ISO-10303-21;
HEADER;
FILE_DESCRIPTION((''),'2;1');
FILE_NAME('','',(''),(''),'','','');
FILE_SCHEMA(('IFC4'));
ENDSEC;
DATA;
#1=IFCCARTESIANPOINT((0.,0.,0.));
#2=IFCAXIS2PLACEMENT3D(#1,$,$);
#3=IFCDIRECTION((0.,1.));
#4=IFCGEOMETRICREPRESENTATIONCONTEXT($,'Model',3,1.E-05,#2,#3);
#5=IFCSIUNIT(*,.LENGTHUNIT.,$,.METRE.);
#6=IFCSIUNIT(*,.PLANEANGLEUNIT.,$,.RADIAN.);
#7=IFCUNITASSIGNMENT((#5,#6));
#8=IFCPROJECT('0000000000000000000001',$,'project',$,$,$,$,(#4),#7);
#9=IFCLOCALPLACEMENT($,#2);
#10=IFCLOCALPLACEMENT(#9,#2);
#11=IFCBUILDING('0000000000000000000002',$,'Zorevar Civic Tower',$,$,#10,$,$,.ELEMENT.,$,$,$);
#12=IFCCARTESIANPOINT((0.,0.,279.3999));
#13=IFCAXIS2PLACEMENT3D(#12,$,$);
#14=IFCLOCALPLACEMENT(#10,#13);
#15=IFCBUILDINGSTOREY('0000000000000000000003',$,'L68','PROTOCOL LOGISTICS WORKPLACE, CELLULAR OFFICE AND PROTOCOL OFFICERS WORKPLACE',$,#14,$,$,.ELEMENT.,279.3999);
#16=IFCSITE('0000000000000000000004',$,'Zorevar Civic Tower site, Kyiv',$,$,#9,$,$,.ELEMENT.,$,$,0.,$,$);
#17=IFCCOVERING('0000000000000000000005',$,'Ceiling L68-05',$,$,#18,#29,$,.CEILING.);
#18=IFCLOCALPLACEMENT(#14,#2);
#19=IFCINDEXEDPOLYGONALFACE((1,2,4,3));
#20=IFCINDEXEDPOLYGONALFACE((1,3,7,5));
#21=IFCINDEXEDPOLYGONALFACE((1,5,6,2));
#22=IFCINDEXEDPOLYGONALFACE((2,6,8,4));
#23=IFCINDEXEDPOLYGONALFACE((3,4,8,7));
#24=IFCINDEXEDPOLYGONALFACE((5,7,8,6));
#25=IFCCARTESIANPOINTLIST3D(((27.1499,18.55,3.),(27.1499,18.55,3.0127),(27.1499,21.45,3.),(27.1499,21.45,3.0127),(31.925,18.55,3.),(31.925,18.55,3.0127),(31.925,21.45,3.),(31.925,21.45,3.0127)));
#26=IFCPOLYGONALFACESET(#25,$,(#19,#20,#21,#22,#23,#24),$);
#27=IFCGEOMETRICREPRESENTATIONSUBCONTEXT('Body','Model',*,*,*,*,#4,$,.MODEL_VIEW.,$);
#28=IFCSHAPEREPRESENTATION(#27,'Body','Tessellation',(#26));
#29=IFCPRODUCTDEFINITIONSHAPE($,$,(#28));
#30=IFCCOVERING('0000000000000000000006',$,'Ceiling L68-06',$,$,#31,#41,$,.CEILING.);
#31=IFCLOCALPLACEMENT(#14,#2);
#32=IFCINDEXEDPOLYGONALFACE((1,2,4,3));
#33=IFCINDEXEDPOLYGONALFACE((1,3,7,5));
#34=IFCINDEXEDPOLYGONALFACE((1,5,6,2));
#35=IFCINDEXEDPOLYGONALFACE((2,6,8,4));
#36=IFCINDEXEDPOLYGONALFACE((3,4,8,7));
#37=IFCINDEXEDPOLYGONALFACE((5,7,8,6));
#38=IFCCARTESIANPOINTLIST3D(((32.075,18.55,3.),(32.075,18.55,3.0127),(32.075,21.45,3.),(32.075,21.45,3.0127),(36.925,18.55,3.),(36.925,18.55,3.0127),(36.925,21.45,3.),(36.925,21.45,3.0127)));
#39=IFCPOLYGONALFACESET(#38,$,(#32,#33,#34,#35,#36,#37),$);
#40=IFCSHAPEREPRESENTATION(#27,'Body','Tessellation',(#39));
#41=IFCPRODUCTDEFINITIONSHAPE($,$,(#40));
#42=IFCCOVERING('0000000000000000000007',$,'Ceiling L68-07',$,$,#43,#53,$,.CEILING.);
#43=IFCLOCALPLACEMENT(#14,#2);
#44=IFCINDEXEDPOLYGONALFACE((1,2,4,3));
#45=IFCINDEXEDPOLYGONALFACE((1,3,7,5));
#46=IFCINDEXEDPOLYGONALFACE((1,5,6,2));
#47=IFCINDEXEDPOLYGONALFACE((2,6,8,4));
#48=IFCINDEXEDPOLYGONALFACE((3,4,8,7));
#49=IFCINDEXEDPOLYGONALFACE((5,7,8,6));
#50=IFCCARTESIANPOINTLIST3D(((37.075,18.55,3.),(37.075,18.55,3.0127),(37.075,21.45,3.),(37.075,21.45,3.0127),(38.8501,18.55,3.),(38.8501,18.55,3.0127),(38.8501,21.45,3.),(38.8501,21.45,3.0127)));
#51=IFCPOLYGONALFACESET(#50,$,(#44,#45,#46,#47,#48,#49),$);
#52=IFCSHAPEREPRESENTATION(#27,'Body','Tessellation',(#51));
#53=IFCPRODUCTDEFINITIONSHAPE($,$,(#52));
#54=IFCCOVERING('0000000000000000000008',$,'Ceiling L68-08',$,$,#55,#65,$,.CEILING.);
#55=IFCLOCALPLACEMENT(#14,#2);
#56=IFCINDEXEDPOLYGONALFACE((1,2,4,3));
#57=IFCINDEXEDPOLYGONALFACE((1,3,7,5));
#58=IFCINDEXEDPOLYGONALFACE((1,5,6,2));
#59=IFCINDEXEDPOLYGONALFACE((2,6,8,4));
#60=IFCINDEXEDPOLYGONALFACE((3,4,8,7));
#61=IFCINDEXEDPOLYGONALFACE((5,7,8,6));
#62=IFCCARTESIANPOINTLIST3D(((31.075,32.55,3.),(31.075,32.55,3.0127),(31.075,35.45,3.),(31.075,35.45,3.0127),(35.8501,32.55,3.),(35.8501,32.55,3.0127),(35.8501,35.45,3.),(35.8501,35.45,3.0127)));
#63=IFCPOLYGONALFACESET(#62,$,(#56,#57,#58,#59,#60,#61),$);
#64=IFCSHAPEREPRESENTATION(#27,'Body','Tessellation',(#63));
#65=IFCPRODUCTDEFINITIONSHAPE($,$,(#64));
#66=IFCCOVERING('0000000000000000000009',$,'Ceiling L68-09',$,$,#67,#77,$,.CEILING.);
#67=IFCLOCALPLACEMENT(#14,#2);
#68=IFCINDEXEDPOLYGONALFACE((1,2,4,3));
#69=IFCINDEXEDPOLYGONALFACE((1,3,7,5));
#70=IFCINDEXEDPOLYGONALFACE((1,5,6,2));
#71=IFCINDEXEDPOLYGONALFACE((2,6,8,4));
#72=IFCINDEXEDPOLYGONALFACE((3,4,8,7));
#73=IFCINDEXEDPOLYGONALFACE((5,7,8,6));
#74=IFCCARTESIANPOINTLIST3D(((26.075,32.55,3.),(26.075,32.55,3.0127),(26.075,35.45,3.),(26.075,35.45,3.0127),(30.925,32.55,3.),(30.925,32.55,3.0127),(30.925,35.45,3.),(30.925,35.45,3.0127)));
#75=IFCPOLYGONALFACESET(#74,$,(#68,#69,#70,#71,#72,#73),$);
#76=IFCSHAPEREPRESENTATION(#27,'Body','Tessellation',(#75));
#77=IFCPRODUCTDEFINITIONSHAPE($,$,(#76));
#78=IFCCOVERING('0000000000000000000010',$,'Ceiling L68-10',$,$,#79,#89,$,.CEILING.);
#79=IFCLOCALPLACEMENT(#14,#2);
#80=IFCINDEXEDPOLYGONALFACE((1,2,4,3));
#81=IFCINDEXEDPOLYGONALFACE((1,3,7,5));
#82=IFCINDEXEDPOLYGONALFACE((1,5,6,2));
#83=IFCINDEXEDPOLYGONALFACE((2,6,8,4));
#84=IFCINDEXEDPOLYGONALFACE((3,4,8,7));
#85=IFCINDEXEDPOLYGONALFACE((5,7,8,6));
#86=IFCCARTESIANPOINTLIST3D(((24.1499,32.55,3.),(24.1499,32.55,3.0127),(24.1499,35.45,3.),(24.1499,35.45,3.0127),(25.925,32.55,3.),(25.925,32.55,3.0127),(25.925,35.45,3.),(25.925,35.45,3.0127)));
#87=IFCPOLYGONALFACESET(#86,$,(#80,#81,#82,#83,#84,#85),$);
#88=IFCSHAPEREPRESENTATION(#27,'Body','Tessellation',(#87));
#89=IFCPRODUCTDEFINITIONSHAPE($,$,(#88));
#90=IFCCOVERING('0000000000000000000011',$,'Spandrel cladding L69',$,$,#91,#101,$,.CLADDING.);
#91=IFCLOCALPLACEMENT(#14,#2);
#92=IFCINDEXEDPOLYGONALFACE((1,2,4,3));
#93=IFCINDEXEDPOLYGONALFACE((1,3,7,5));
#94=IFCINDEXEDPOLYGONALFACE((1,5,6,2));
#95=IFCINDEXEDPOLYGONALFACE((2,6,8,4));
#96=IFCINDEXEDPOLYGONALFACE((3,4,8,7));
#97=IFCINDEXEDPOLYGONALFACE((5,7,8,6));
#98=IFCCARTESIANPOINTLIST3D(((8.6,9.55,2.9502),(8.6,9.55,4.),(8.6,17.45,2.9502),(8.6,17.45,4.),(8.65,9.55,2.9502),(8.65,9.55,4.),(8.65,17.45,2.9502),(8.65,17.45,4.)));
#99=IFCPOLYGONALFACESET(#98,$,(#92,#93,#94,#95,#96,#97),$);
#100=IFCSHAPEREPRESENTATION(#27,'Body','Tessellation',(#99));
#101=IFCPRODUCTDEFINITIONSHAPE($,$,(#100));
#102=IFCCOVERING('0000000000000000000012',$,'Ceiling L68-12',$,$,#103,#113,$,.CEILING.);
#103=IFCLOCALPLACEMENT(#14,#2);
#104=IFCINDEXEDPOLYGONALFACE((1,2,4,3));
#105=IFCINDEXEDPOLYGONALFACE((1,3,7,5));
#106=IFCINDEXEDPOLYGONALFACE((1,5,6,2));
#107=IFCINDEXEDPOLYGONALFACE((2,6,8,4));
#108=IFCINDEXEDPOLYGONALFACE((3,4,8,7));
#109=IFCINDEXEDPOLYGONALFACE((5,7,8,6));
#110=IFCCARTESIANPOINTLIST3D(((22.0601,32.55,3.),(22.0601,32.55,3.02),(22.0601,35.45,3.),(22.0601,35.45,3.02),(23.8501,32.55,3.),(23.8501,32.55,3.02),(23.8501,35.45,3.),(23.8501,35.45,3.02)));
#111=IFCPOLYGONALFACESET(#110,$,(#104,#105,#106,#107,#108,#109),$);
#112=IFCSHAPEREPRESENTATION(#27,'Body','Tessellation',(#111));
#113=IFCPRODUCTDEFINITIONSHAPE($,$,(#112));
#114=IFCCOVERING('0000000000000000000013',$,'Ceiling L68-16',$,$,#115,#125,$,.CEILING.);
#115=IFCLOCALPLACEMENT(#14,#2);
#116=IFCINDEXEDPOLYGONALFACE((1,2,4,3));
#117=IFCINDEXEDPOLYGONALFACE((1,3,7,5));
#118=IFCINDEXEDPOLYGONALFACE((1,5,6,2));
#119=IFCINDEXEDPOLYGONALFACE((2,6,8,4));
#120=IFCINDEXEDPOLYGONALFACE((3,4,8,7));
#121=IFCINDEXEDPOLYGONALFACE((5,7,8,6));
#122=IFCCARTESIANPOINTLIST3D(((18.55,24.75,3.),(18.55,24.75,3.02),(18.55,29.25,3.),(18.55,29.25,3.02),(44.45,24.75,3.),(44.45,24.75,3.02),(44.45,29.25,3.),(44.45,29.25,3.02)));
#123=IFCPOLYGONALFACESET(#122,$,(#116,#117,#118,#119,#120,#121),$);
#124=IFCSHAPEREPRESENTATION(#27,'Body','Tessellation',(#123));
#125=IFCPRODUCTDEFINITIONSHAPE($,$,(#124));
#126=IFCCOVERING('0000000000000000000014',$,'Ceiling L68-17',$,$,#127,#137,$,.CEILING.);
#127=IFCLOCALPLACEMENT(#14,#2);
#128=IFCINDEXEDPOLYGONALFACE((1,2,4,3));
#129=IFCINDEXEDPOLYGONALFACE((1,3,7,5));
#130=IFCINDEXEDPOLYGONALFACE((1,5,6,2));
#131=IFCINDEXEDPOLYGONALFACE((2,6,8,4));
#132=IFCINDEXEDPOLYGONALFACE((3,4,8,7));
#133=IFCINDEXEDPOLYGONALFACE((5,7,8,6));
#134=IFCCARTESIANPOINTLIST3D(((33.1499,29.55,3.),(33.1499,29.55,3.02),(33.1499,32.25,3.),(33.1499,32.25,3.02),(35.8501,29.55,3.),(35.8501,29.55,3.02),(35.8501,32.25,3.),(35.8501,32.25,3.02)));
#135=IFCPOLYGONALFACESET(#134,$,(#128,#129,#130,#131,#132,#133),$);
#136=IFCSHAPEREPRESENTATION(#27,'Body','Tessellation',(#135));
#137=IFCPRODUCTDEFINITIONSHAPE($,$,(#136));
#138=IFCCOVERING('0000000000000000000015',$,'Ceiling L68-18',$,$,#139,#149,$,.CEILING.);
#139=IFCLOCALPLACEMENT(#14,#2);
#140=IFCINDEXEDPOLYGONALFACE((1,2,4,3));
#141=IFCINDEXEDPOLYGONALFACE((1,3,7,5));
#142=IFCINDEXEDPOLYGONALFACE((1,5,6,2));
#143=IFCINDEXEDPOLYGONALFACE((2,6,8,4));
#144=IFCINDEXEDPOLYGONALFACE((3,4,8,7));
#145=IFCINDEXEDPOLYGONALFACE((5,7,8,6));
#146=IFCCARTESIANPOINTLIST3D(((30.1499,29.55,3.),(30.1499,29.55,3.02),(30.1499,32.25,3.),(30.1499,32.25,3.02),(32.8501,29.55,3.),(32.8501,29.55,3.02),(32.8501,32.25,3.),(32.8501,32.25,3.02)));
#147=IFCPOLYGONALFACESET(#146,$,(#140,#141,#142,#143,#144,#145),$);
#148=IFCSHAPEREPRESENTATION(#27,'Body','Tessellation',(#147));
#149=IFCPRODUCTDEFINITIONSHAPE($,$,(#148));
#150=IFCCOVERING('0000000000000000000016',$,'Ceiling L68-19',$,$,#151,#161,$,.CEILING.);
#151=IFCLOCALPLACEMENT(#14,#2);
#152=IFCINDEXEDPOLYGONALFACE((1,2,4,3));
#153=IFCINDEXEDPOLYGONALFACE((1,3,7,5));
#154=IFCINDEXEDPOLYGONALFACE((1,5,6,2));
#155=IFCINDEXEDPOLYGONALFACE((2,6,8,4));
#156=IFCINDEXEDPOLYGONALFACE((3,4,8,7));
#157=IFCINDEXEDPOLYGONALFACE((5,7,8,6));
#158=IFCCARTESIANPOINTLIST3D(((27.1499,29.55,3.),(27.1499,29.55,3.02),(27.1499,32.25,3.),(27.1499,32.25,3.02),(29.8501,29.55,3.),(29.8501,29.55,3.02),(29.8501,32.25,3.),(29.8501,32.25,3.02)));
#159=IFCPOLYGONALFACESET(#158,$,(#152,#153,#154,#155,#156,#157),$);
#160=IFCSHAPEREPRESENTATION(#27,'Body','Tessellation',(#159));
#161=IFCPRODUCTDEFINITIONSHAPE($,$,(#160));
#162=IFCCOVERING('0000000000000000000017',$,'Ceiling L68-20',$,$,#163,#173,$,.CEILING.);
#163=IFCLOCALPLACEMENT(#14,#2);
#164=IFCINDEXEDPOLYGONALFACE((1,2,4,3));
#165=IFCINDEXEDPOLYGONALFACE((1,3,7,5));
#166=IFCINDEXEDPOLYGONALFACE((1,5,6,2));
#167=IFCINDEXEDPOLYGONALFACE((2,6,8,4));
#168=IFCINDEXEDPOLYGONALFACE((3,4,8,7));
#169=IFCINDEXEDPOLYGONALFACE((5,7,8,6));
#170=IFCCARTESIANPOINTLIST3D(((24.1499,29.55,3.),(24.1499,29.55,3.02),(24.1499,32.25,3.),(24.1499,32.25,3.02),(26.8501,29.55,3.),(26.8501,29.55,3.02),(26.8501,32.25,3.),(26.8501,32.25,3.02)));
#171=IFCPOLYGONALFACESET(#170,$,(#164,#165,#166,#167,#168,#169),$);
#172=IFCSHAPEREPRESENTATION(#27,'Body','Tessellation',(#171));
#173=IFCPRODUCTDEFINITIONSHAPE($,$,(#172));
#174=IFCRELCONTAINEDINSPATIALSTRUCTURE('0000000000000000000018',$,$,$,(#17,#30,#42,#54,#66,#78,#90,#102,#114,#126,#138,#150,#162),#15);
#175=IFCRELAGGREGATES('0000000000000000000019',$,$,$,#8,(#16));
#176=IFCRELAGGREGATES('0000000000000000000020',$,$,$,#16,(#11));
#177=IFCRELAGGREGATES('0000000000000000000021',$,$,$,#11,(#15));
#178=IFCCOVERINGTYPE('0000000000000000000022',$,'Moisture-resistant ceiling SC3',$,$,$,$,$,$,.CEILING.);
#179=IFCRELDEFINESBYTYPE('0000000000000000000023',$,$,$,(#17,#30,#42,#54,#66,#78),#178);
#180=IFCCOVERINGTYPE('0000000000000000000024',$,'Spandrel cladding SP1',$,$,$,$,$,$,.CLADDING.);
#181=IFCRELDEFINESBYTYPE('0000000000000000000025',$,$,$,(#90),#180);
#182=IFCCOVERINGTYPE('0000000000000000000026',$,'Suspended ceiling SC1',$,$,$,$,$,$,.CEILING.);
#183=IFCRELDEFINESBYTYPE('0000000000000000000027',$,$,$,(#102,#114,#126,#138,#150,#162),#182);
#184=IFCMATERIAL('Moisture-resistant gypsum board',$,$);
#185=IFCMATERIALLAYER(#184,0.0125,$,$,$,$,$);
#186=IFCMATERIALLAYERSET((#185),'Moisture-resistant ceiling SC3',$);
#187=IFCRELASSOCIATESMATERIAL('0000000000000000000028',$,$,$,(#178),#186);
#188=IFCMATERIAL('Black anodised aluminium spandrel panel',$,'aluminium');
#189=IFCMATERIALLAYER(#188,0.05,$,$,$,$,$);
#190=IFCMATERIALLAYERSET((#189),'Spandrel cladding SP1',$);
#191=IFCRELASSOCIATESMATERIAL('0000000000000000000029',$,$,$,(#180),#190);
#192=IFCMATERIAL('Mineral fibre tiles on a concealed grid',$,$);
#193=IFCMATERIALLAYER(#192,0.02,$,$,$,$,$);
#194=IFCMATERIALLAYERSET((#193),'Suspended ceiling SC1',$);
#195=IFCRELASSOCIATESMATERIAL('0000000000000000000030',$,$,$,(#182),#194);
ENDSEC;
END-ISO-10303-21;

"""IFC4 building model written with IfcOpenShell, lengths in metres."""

from ifc_helpers import new_model, si_unit, direction, frame, frame_2d, origin, place, context, subcontext, project, spatial, polyline, rectangle, outline, extrude, material, layer, layer_set, type_object, element, save


model = new_model("IFC4")

# Units and contexts
model_context = context("Model", 3, precision=1e-05, world=origin(), true_north=direction((0.0, 1.0)))
body_context = subcontext(model_context, "Body", "Model", "MODEL_VIEW")
ifc_project = project(units=[si_unit("LENGTHUNIT", "METRE"), si_unit("PLANEANGLEUNIT", "RADIAN")], contexts=[model_context])

# Site, building, storey
site_placement = place(None, origin())
site = spatial("IfcSite", under=ifc_project, at=site_placement, Name="Zorevar Civic Tower site, Kyiv", CompositionType="ELEMENT", RefElevation=0.0)
building_placement = place(site_placement, origin())
building = spatial("IfcBuilding", under=site, at=building_placement, Name="Zorevar Civic Tower", CompositionType="ELEMENT")
storey_placement = place(building_placement, frame((0.0, 0.0, 279.3999)))
storey = spatial("IfcBuildingStorey", under=building, at=storey_placement, Name="L68", Description="PROTOCOL LOGISTICS WORKPLACE, CELLULAR OFFICE AND PROTOCOL OFFICERS WORKPLACE", CompositionType="ELEMENT", Elevation=279.3999)

# Coverings
ifc_material_1 = material(Name="Moisture-resistant gypsum board")
ifc_layer_1 = layer(ifc_material_1, 0.0125)
ifc_layer_set_1 = layer_set([ifc_layer_1], Name="Moisture-resistant ceiling SC3")
covering_type_1 = type_object("IfcCoveringType", Name="Moisture-resistant ceiling SC3", PredefinedType="CEILING", material=ifc_layer_set_1)
covering_1_placement = place(storey_placement, frame((0.0, 0.0, 3.0)))
element("IfcCovering", 1, at=covering_1_placement, inside=storey, type_object=covering_type_1, Name="Ceiling L68-05", PredefinedType="CEILING", context=body_context, shape_type="SweptSolid", body=[
    extrude(outline(polyline([(31.925, 18.55), (31.925, 21.45), (27.1499, 21.45), (27.1499, 18.55), (31.925, 18.55)])), origin(), (0.0, 0.0, 1.0), 0.0127),
])
covering_2_placement = place(storey_placement, frame((0.0, 0.0, 3.0)))
element("IfcCovering", 2, at=covering_2_placement, inside=storey, type_object=covering_type_1, Name="Ceiling L68-06", PredefinedType="CEILING", context=body_context, shape_type="SweptSolid", body=[
    extrude(outline(polyline([(36.925, 18.55), (36.925, 21.45), (32.075, 21.45), (32.075, 18.55), (36.925, 18.55)])), origin(), (0.0, 0.0, 1.0), 0.0127),
])
covering_3_placement = place(storey_placement, frame((0.0, 0.0, 3.0)))
element("IfcCovering", 3, at=covering_3_placement, inside=storey, type_object=covering_type_1, Name="Ceiling L68-07", PredefinedType="CEILING", context=body_context, shape_type="SweptSolid", body=[
    extrude(outline(polyline([(38.8501, 18.55), (38.8501, 21.45), (37.075, 21.45), (37.075, 18.55), (38.8501, 18.55)])), origin(), (0.0, 0.0, 1.0), 0.0127),
])
covering_4_placement = place(storey_placement, frame((0.0, 0.0, 3.0)))
element("IfcCovering", 4, at=covering_4_placement, inside=storey, type_object=covering_type_1, Name="Ceiling L68-08", PredefinedType="CEILING", context=body_context, shape_type="SweptSolid", body=[
    extrude(outline(polyline([(35.8501, 32.55), (35.8501, 35.45), (31.075, 35.45), (31.075, 32.55), (35.8501, 32.55)])), origin(), (0.0, 0.0, 1.0), 0.0127),
])
covering_5_placement = place(storey_placement, frame((0.0, 0.0, 3.0)))
element("IfcCovering", 5, at=covering_5_placement, inside=storey, type_object=covering_type_1, Name="Ceiling L68-09", PredefinedType="CEILING", context=body_context, shape_type="SweptSolid", body=[
    extrude(outline(polyline([(30.925, 32.55), (30.925, 35.45), (26.075, 35.45), (26.075, 32.55), (30.925, 32.55)])), origin(), (0.0, 0.0, 1.0), 0.0127),
])
covering_6_placement = place(storey_placement, frame((0.0, 0.0, 3.0)))
element("IfcCovering", 6, at=covering_6_placement, inside=storey, type_object=covering_type_1, Name="Ceiling L68-10", PredefinedType="CEILING", context=body_context, shape_type="SweptSolid", body=[
    extrude(outline(polyline([(25.925, 32.55), (25.925, 35.45), (24.1499, 35.45), (24.1499, 32.55), (25.925, 32.55)])), origin(), (0.0, 0.0, 1.0), 0.0127),
])
ifc_material_2 = material(Name="Black anodised aluminium spandrel panel", Category="aluminium")
ifc_layer_2 = layer(ifc_material_2, 0.05)
ifc_layer_set_2 = layer_set([ifc_layer_2], Name="Spandrel cladding SP1")
covering_type_2 = type_object("IfcCoveringType", Name="Spandrel cladding SP1", PredefinedType="CLADDING", material=ifc_layer_set_2)
covering_7_placement = place(storey_placement, frame((8.625, 9.55, 2.9502), z_axis=(0.0, 0.0, 1.0), x_axis=(0.0, 1.0, 0.0)))
element("IfcCovering", 7, at=covering_7_placement, inside=storey, type_object=covering_type_2, Name="Spandrel cladding L69", PredefinedType="CLADDING", context=body_context, shape_type="SweptSolid", body=[
    extrude(rectangle(XDim=7.8999, YDim=0.05, at=frame_2d((3.95, 0.0))), origin(), (0.0, 0.0, 1.0), 1.0498),
])
ifc_material_3 = material(Name="Mineral fibre tiles on a concealed grid")
ifc_layer_3 = layer(ifc_material_3, 0.02)
ifc_layer_set_3 = layer_set([ifc_layer_3], Name="Suspended ceiling SC1")
covering_type_3 = type_object("IfcCoveringType", Name="Suspended ceiling SC1", PredefinedType="CEILING", material=ifc_layer_set_3)
covering_8_placement = place(storey_placement, frame((0.0, 0.0, 3.0)))
element("IfcCovering", 8, at=covering_8_placement, inside=storey, type_object=covering_type_3, Name="Ceiling L68-12", PredefinedType="CEILING", context=body_context, shape_type="SweptSolid", body=[
    extrude(outline(polyline([(23.8501, 32.55), (23.8501, 35.45), (22.0601, 35.45), (22.0601, 32.55), (23.8501, 32.55)])), origin(), (0.0, 0.0, 1.0), 0.02),
])
covering_9_placement = place(storey_placement, frame((0.0, 0.0, 3.0)))
element("IfcCovering", 9, at=covering_9_placement, inside=storey, type_object=covering_type_3, Name="Ceiling L68-16", PredefinedType="CEILING", context=body_context, shape_type="SweptSolid", body=[
    extrude(outline(polyline([(44.45, 24.75), (44.45, 29.25), (18.55, 29.25), (18.55, 24.75), (44.45, 24.75)])), origin(), (0.0, 0.0, 1.0), 0.02),
])
covering_10_placement = place(storey_placement, frame((0.0, 0.0, 3.0)))
element("IfcCovering", 10, at=covering_10_placement, inside=storey, type_object=covering_type_3, Name="Ceiling L68-17", PredefinedType="CEILING", context=body_context, shape_type="SweptSolid", body=[
    extrude(outline(polyline([(35.8501, 29.55), (35.8501, 32.25), (33.1499, 32.25), (33.1499, 29.55), (35.8501, 29.55)])), origin(), (0.0, 0.0, 1.0), 0.02),
])
covering_11_placement = place(storey_placement, frame((0.0, 0.0, 3.0)))
element("IfcCovering", 11, at=covering_11_placement, inside=storey, type_object=covering_type_3, Name="Ceiling L68-18", PredefinedType="CEILING", context=body_context, shape_type="SweptSolid", body=[
    extrude(outline(polyline([(32.8501, 29.55), (32.8501, 32.25), (30.1499, 32.25), (30.1499, 29.55), (32.8501, 29.55)])), origin(), (0.0, 0.0, 1.0), 0.02),
])
covering_12_placement = place(storey_placement, frame((0.0, 0.0, 3.0)))
element("IfcCovering", 12, at=covering_12_placement, inside=storey, type_object=covering_type_3, Name="Ceiling L68-19", PredefinedType="CEILING", context=body_context, shape_type="SweptSolid", body=[
    extrude(outline(polyline([(29.8501, 29.55), (29.8501, 32.25), (27.1499, 32.25), (27.1499, 29.55), (29.8501, 29.55)])), origin(), (0.0, 0.0, 1.0), 0.02),
])
covering_13_placement = place(storey_placement, frame((0.0, 0.0, 3.0)))
element("IfcCovering", 13, at=covering_13_placement, inside=storey, type_object=covering_type_3, Name="Ceiling L68-20", PredefinedType="CEILING", context=body_context, shape_type="SweptSolid", body=[
    extrude(outline(polyline([(26.8501, 29.55), (26.8501, 32.25), (24.1499, 32.25), (24.1499, 29.55), (26.8501, 29.55)])), origin(), (0.0, 0.0, 1.0), 0.02),
])

save(model, "model.ifc")
